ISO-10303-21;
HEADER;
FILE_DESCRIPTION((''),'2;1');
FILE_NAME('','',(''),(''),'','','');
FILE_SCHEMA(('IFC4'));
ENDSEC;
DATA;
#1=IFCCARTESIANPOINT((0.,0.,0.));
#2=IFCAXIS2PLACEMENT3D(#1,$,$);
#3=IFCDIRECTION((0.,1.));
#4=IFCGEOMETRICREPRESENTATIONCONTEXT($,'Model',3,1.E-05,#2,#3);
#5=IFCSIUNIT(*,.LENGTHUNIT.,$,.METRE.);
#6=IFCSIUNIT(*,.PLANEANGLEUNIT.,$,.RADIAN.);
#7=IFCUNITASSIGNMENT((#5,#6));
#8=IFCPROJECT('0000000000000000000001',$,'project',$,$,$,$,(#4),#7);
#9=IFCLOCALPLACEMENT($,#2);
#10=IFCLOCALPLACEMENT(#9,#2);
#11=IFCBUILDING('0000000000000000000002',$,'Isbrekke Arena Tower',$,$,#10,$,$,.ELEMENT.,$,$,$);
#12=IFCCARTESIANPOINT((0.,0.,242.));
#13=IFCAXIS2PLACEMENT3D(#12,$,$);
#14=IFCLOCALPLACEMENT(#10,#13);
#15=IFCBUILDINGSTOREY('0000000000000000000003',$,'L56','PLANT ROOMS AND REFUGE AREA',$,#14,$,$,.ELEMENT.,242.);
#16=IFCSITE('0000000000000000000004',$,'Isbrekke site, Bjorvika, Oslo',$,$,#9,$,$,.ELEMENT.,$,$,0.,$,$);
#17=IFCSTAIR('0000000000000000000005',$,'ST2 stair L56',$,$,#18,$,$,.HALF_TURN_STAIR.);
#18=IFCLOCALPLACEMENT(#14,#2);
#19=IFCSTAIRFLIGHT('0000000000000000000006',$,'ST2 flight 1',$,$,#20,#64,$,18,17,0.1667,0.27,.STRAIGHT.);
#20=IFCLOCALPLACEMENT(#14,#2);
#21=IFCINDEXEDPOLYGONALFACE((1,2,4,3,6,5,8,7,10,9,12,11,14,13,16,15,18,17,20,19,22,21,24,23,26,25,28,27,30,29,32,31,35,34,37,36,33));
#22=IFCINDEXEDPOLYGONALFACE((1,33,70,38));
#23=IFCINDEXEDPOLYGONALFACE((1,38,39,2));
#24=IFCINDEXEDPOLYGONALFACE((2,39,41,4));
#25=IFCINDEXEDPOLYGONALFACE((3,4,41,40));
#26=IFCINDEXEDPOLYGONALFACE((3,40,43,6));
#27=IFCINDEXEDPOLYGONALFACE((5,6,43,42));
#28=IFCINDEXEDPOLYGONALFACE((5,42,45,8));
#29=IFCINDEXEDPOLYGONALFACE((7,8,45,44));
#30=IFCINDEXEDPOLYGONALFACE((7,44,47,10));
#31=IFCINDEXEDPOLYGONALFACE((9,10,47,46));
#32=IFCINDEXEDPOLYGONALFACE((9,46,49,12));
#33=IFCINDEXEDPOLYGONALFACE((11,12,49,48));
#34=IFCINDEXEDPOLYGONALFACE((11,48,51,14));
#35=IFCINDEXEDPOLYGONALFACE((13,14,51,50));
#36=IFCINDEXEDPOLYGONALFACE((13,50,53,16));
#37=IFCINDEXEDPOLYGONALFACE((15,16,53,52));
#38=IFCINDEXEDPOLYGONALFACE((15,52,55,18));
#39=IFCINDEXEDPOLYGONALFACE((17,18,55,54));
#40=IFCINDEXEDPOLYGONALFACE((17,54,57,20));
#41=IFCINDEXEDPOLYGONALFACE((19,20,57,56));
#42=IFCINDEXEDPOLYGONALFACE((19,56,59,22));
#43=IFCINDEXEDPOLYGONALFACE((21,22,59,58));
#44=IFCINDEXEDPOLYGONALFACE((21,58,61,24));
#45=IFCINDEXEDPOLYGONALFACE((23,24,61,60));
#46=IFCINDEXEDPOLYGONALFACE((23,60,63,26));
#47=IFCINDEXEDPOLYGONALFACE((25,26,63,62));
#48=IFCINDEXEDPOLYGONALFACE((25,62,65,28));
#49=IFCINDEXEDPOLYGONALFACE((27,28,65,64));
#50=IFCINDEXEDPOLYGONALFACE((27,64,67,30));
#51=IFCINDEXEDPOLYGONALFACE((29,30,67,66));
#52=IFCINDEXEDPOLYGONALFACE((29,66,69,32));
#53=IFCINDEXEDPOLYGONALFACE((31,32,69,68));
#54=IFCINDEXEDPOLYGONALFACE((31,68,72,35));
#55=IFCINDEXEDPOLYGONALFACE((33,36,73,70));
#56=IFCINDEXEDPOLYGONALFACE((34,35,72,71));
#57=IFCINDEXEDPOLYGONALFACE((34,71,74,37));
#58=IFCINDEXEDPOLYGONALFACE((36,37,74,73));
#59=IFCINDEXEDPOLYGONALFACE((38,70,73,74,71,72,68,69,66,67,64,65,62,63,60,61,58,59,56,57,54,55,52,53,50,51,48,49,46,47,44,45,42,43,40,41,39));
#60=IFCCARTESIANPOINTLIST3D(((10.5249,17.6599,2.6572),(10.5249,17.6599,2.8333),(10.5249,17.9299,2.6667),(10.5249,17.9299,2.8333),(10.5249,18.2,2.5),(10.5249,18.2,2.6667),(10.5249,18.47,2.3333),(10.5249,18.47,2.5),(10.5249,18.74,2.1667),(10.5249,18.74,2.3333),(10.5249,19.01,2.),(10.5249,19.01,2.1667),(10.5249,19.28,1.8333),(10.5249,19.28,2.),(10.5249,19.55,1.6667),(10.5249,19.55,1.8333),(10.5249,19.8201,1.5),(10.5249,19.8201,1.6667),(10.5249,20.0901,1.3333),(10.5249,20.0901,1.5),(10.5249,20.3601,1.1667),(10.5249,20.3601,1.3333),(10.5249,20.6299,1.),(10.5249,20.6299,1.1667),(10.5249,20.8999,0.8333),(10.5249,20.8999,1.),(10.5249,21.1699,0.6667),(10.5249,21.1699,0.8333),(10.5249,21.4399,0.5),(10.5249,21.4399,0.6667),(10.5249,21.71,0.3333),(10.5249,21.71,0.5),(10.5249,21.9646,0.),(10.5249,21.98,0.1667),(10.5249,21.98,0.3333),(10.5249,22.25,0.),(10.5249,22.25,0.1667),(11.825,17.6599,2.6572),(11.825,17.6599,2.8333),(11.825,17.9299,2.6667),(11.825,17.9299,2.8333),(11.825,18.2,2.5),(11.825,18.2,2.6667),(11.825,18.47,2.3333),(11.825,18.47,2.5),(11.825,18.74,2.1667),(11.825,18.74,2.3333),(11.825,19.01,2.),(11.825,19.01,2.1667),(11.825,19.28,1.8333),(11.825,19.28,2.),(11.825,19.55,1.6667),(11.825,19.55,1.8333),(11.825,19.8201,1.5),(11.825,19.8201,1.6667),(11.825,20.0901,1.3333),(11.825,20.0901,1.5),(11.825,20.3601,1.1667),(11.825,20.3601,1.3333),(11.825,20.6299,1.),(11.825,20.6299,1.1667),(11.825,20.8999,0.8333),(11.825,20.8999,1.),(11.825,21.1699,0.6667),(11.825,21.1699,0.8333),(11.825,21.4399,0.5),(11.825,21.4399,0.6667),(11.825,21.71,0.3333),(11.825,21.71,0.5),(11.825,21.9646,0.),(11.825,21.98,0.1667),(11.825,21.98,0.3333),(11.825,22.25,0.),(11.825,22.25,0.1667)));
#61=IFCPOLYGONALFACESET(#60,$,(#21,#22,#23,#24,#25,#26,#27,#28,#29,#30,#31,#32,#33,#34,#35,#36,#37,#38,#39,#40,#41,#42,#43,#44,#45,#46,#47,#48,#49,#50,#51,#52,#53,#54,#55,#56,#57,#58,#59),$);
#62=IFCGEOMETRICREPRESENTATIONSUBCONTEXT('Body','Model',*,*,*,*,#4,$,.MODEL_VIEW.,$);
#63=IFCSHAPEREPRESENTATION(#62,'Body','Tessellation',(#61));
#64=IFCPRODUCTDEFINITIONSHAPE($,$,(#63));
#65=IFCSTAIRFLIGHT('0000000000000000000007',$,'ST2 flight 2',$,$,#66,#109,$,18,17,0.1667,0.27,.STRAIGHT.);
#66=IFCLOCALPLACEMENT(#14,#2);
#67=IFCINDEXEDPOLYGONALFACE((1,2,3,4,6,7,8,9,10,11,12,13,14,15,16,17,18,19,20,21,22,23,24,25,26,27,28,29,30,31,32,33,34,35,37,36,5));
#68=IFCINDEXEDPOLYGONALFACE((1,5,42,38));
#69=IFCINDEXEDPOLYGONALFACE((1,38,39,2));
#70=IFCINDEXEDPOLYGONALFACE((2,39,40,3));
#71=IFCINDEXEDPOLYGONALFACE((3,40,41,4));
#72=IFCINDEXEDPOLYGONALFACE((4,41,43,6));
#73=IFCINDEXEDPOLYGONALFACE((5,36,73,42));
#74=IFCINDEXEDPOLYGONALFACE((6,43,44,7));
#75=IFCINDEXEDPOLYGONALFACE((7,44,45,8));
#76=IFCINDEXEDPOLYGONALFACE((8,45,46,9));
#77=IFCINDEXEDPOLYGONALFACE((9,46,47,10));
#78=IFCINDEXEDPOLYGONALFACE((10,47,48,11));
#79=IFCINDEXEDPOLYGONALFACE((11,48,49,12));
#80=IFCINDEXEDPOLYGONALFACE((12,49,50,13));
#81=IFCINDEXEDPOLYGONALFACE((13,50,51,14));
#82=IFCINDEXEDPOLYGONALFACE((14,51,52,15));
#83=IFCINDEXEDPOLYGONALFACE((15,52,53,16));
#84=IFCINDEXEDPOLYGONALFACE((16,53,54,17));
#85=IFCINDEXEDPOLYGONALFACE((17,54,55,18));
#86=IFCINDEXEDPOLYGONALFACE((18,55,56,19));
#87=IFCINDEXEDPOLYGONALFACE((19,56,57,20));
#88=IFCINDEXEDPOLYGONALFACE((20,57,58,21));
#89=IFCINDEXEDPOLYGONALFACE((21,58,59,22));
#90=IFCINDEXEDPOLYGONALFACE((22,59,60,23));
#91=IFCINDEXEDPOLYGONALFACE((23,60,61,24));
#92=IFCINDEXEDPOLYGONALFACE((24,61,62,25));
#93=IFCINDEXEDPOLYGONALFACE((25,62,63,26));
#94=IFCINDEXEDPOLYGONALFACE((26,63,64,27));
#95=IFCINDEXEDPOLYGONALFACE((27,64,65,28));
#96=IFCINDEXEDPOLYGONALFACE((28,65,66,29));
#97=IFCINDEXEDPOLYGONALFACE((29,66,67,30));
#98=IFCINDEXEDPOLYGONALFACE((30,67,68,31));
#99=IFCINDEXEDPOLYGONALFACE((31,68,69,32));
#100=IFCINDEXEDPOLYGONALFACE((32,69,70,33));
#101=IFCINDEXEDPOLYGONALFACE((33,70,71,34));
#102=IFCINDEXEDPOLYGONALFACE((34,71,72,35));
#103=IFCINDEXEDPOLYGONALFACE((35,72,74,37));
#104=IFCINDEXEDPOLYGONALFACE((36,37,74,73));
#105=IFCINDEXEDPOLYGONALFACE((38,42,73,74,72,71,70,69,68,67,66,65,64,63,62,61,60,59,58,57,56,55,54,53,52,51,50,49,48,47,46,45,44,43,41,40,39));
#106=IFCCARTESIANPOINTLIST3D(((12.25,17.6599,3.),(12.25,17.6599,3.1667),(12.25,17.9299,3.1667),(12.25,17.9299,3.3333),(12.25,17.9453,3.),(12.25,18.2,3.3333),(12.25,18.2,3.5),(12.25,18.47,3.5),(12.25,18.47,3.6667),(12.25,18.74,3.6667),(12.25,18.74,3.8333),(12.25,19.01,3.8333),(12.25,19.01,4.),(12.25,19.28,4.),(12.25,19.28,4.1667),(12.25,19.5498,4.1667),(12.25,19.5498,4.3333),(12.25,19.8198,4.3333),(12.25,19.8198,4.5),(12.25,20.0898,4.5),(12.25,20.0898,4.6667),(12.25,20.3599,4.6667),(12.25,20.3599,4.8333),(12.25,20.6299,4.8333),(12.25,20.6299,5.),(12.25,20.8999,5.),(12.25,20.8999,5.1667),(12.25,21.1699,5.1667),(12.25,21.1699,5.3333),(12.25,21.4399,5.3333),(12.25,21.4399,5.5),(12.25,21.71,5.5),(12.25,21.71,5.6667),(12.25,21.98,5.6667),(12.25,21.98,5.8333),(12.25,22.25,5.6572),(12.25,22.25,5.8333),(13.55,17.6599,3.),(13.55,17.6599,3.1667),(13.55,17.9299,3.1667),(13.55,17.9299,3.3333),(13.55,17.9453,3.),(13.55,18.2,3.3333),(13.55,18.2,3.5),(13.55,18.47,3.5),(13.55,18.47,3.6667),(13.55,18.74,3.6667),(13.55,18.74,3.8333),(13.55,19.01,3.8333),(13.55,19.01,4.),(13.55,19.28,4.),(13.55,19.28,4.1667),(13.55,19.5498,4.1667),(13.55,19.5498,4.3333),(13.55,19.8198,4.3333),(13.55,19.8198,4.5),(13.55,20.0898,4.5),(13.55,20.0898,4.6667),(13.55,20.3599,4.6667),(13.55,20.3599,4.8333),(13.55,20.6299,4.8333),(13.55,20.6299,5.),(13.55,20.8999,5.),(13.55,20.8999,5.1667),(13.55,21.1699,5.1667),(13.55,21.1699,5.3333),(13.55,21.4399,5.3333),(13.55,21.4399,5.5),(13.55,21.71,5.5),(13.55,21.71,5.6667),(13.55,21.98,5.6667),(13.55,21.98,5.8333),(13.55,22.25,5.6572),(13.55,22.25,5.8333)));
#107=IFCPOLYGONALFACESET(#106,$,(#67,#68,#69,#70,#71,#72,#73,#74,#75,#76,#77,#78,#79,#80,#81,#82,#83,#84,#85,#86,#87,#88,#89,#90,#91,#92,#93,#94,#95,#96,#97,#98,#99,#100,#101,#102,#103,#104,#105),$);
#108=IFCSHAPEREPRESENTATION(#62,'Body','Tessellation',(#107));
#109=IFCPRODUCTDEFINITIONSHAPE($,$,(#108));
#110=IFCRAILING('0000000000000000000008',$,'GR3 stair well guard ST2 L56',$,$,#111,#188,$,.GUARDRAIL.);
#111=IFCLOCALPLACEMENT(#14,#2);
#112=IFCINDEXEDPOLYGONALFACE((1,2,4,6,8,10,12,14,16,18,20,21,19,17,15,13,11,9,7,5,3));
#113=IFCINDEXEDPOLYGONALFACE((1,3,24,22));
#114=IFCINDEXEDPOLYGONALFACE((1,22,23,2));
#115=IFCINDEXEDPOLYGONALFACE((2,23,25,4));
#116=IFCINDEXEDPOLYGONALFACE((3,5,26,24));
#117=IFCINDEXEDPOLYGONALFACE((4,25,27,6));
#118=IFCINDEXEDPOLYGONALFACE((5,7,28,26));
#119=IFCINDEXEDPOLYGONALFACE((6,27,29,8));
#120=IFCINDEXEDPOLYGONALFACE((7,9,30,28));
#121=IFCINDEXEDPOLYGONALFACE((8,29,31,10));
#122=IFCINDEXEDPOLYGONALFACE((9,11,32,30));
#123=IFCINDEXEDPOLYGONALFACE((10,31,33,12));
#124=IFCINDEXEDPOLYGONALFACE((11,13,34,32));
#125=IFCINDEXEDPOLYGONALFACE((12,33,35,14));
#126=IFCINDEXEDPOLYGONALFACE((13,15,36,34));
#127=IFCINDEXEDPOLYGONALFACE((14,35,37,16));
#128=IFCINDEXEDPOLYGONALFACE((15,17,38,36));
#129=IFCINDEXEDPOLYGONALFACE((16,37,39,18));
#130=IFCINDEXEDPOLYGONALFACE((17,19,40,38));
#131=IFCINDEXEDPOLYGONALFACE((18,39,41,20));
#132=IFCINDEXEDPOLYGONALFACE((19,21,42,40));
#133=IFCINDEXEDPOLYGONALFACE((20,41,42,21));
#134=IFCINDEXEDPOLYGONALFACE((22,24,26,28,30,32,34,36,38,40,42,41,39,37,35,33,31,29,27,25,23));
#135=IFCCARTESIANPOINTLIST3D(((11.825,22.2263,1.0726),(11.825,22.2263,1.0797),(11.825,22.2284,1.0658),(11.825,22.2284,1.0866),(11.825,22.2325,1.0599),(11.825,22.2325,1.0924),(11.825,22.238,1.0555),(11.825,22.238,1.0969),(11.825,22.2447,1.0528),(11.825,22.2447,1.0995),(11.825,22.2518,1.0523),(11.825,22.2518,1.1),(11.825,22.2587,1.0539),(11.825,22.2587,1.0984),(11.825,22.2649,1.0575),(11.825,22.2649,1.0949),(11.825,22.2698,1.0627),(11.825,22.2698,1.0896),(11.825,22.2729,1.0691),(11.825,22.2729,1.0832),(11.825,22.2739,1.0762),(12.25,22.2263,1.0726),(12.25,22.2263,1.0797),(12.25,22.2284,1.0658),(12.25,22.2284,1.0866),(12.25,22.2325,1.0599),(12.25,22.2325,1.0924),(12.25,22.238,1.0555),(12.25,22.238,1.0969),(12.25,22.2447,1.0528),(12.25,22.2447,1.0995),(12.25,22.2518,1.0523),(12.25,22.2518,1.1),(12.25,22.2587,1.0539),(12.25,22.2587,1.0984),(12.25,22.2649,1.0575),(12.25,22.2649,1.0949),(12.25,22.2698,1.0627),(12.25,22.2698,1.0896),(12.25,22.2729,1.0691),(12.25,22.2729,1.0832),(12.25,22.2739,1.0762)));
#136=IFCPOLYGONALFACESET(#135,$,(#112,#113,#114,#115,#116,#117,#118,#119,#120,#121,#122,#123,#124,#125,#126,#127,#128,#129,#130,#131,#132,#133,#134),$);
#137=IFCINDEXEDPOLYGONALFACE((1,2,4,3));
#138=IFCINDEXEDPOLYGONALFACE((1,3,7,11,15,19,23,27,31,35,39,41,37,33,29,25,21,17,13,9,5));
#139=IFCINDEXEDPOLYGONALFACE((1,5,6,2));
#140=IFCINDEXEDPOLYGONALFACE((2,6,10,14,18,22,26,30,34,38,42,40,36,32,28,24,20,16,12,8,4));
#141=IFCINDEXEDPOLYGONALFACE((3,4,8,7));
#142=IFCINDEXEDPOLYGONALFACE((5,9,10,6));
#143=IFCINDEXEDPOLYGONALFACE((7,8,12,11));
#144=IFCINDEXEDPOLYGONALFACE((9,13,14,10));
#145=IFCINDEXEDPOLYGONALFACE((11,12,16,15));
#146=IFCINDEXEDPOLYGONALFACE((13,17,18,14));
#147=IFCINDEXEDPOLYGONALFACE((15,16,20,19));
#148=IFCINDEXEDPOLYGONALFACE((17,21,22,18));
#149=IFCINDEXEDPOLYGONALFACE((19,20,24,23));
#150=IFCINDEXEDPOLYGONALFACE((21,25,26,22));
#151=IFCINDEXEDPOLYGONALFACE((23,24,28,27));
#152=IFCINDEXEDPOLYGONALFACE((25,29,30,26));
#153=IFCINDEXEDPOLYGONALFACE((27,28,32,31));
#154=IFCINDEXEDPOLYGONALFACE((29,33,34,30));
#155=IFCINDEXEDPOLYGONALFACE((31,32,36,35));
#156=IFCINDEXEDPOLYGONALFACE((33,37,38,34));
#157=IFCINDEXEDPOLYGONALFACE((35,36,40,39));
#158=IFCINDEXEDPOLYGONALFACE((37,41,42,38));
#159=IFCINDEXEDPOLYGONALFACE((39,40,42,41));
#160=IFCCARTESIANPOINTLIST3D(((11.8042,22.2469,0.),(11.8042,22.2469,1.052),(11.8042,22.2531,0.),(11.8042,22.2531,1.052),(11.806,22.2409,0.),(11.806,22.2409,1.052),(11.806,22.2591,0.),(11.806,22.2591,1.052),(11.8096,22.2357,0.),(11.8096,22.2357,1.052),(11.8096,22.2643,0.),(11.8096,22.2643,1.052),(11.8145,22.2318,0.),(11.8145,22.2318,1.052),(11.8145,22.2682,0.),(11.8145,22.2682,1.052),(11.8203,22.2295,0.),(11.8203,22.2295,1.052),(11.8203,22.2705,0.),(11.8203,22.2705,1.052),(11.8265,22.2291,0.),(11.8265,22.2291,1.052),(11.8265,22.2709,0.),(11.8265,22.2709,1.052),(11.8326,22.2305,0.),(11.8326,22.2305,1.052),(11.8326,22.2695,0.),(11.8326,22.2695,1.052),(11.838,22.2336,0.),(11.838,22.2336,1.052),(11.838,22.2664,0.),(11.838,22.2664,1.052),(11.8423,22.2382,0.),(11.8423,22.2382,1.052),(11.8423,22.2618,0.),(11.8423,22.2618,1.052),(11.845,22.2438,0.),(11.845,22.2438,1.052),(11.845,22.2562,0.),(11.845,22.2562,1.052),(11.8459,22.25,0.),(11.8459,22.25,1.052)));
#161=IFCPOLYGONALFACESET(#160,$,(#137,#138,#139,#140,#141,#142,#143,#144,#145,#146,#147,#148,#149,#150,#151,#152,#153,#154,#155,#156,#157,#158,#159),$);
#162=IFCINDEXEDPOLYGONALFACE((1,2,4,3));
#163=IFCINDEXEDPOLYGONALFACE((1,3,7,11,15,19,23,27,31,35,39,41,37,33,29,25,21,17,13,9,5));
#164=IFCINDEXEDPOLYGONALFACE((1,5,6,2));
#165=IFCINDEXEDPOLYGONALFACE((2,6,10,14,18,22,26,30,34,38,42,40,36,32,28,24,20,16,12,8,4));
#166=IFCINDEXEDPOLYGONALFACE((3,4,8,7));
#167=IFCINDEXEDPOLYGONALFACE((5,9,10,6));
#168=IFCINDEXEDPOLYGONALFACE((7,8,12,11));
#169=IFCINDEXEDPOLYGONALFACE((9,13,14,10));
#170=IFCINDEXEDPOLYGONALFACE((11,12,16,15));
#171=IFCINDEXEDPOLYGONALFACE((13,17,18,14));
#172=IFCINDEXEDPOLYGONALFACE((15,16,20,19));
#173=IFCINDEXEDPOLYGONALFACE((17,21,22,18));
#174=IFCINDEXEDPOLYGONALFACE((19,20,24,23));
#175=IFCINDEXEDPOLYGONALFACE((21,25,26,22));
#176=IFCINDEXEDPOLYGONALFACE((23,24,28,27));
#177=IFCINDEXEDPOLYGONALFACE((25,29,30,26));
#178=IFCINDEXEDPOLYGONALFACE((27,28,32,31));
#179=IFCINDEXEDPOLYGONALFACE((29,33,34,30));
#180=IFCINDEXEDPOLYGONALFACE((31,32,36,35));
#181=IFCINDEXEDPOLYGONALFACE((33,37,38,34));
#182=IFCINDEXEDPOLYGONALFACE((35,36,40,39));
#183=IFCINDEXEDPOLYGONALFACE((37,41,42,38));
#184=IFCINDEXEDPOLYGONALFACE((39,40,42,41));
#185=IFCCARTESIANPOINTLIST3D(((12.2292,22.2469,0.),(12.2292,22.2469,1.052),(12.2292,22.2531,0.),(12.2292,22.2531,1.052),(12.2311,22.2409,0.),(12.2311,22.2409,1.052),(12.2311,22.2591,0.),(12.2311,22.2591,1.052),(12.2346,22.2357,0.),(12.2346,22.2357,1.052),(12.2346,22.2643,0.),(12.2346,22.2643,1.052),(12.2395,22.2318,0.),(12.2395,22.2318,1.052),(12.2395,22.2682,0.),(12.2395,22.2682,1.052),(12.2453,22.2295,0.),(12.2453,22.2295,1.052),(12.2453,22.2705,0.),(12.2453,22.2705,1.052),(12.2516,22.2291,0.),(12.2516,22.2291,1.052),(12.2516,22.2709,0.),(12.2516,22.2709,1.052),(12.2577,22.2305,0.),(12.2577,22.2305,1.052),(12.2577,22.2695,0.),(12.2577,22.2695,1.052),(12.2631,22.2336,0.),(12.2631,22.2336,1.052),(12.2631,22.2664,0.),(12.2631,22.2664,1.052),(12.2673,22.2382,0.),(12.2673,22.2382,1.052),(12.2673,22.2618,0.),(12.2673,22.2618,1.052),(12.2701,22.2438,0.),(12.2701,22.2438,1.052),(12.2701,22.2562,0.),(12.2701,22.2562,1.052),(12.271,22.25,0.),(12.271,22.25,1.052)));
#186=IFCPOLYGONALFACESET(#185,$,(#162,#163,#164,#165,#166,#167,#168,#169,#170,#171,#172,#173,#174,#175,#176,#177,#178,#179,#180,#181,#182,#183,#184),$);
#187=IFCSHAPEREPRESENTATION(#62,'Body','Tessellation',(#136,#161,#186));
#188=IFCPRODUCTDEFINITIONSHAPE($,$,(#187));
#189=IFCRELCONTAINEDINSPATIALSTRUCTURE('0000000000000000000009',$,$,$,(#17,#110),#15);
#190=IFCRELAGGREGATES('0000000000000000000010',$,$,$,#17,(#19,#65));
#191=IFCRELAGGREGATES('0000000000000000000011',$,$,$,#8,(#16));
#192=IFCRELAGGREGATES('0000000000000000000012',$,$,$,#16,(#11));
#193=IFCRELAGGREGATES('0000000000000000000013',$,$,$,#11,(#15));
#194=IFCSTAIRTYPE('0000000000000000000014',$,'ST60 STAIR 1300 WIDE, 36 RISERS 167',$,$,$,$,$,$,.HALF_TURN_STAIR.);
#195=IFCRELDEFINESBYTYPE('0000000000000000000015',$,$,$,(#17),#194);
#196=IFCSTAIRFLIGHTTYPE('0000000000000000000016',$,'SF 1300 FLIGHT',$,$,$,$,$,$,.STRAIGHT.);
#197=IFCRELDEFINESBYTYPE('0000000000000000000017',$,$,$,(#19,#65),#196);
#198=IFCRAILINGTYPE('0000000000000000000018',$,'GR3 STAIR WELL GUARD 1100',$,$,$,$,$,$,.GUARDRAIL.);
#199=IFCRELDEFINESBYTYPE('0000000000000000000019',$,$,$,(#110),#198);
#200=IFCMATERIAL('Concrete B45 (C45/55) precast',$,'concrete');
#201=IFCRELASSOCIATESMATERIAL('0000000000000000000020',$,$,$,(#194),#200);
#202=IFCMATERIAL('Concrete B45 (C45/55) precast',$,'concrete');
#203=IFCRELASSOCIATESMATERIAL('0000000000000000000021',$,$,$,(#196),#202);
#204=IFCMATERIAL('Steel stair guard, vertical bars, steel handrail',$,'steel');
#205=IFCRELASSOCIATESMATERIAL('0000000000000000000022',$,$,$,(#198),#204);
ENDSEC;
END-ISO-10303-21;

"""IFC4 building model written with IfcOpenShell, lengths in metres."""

from ifc_helpers import new_model, si_unit, direction, frame, origin, origin_2d, place, context, subcontext, project, spatial, polyline, circle, outline, extrude, material, type_object, element, aggregate, save


model = new_model("IFC4")

# Units and contexts
model_context = context("Model", 3, precision=1e-05, world=origin(), true_north=direction((0.0, 1.0)))
body_context = subcontext(model_context, "Body", "Model", "MODEL_VIEW")
ifc_project = project(units=[si_unit("LENGTHUNIT", "METRE"), si_unit("PLANEANGLEUNIT", "RADIAN")], contexts=[model_context])

# Site, building, storey
site_placement = place(None, origin())
site = spatial("IfcSite", under=ifc_project, at=site_placement, Name="Isbrekke site, Bjorvika, Oslo", CompositionType="ELEMENT", RefElevation=0.0)
building_placement = place(site_placement, origin())
building = spatial("IfcBuilding", under=site, at=building_placement, Name="Isbrekke Arena Tower", CompositionType="ELEMENT")
storey_placement = place(building_placement, frame((0.0, 0.0, 242.0)))
storey = spatial("IfcBuildingStorey", under=building, at=storey_placement, Name="L56", Description="PLANT ROOMS AND REFUGE AREA", CompositionType="ELEMENT", Elevation=242.0)

# Stair, stair flights
ifc_material_1 = material(Name="Concrete B45 (C45/55) precast", Category="concrete")
stair_type = type_object("IfcStairType", Name="ST60 STAIR 1300 WIDE, 36 RISERS 167", PredefinedType="HALF_TURN_STAIR", material=ifc_material_1)
stair_placement = place(storey_placement, origin())
stair = element("IfcStair", 1, at=stair_placement, inside=storey, type_object=stair_type, Name="ST2 stair L56", PredefinedType="HALF_TURN_STAIR")
ifc_material_2 = material(Name="Concrete B45 (C45/55) precast", Category="concrete")
stair_flight_type = type_object("IfcStairFlightType", Name="SF 1300 FLIGHT", PredefinedType="STRAIGHT", material=ifc_material_2)
stair_flight_1_placement = place(storey_placement, frame((11.175, 22.25, 0.0), z_axis=(0.0, 0.0, 1.0), x_axis=(0.0, -1.0, 0.0)))
stair_flight_1 = element("IfcStairFlight", 2, at=stair_flight_1_placement, type_object=stair_flight_type, Name="ST2 flight 1", NumberOfRisers=18, NumberOfTreads=17, PredefinedType="STRAIGHT", RiserHeight=0.1667, TreadLength=0.27, context=body_context, shape_type="SweptSolid", body=[
    extrude(outline(polyline([(0.0, 0.0), (0.0, 0.1667), (0.27, 0.1667), (0.27, 0.3333), (0.54, 0.3333), (0.54, 0.5), (0.8101, 0.5), (0.8101, 0.6667), (1.0801, 0.6667), (1.0801, 0.8333), (1.3501, 0.8333), (1.3501, 1.0), (1.6201, 1.0), (1.6201, 1.1667), (1.8899, 1.1667), (1.8899, 1.3333), (2.1599, 1.3333), (2.1599, 1.5), (2.4299, 1.5), (2.4299, 1.6667), (2.7, 1.6667), (2.7, 1.8333), (2.97, 1.8333), (2.97, 2.0), (3.24, 2.0), (3.24, 2.1667), (3.51, 2.1667), (3.51, 2.3333), (3.78, 2.3333), (3.78, 2.5), (4.05, 2.5), (4.05, 2.6667), (4.3201, 2.6667), (4.3201, 2.8333), (4.5901, 2.8333), (4.5901, 3.0), (4.5901, 2.6572), (0.2854, 0.0), (0.0, 0.0)])), frame((0.0, 0.6499, 0.0), z_axis=(0.0, -1.0, 0.0), x_axis=(1.0, 0.0, 0.0)), (0.0, 0.0, 1.0), 1.3),
])
stair_flight_2_placement = place(storey_placement, frame((12.8999, 17.6599, 3.0), z_axis=(0.0, 0.0, 1.0), x_axis=(0.0, 1.0, 0.0)))
stair_flight_2 = element("IfcStairFlight", 3, at=stair_flight_2_placement, type_object=stair_flight_type, Name="ST2 flight 2", NumberOfRisers=18, NumberOfTreads=17, PredefinedType="STRAIGHT", RiserHeight=0.1667, TreadLength=0.27, context=body_context, shape_type="SweptSolid", body=[
    extrude(outline(polyline([(0.0, 0.0), (0.0, 0.1667), (0.27, 0.1667), (0.27, 0.3333), (0.54, 0.3333), (0.54, 0.5), (0.8101, 0.5), (0.8101, 0.6667), (1.0801, 0.6667), (1.0801, 0.8333), (1.3501, 0.8333), (1.3501, 1.0), (1.6201, 1.0), (1.6201, 1.1667), (1.8899, 1.1667), (1.8899, 1.3333), (2.1599, 1.3333), (2.1599, 1.5), (2.4299, 1.5), (2.4299, 1.6667), (2.7, 1.6667), (2.7, 1.8333), (2.97, 1.8333), (2.97, 2.0), (3.24, 2.0), (3.24, 2.1667), (3.51, 2.1667), (3.51, 2.3333), (3.78, 2.3333), (3.78, 2.5), (4.05, 2.5), (4.05, 2.6667), (4.3201, 2.6667), (4.3201, 2.8333), (4.5901, 2.8333), (4.5901, 3.0), (4.5901, 2.6572), (0.2854, 0.0), (0.0, 0.0)])), frame((0.0, 0.6499, 0.0), z_axis=(0.0, -1.0, 0.0), x_axis=(1.0, 0.0, 0.0)), (0.0, 0.0, 1.0), 1.3),
])
aggregate(stair, [stair_flight_1, stair_flight_2])

# Railing
ifc_material_3 = material(Name="Steel stair guard, vertical bars, steel handrail", Category="steel")
railing_type = type_object("IfcRailingType", Name="GR3 STAIR WELL GUARD 1100", PredefinedType="GUARDRAIL", material=ifc_material_3)
for number, where, name in (
    (4, (11.825, 22.25, 0.0), "GR3 stair well guard ST2 L56"),
):
    element("IfcRailing", number, at=place(storey_placement, frame(where)), inside=storey, type_object=railing_type, Name=name, PredefinedType="GUARDRAIL", context=body_context, shape_type="SweptSolid", body=[
        extrude(circle(Radius=0.0239, at=origin_2d()), frame((0.0, 0.0, 1.0762), z_axis=(1.0, 0.0, 0.0), x_axis=(0.0, 1.0, 0.0)), (0.0, 0.0, 1.0), 0.425),
        extrude(circle(Radius=0.021, at=origin_2d()), origin(), (0.0, 0.0, 1.0), 1.052),
        extrude(circle(Radius=0.021, at=origin_2d()), frame((0.425, 0.0, 0.0)), (0.0, 0.0, 1.0), 1.052),
    ])

save(model, "model.ifc")
